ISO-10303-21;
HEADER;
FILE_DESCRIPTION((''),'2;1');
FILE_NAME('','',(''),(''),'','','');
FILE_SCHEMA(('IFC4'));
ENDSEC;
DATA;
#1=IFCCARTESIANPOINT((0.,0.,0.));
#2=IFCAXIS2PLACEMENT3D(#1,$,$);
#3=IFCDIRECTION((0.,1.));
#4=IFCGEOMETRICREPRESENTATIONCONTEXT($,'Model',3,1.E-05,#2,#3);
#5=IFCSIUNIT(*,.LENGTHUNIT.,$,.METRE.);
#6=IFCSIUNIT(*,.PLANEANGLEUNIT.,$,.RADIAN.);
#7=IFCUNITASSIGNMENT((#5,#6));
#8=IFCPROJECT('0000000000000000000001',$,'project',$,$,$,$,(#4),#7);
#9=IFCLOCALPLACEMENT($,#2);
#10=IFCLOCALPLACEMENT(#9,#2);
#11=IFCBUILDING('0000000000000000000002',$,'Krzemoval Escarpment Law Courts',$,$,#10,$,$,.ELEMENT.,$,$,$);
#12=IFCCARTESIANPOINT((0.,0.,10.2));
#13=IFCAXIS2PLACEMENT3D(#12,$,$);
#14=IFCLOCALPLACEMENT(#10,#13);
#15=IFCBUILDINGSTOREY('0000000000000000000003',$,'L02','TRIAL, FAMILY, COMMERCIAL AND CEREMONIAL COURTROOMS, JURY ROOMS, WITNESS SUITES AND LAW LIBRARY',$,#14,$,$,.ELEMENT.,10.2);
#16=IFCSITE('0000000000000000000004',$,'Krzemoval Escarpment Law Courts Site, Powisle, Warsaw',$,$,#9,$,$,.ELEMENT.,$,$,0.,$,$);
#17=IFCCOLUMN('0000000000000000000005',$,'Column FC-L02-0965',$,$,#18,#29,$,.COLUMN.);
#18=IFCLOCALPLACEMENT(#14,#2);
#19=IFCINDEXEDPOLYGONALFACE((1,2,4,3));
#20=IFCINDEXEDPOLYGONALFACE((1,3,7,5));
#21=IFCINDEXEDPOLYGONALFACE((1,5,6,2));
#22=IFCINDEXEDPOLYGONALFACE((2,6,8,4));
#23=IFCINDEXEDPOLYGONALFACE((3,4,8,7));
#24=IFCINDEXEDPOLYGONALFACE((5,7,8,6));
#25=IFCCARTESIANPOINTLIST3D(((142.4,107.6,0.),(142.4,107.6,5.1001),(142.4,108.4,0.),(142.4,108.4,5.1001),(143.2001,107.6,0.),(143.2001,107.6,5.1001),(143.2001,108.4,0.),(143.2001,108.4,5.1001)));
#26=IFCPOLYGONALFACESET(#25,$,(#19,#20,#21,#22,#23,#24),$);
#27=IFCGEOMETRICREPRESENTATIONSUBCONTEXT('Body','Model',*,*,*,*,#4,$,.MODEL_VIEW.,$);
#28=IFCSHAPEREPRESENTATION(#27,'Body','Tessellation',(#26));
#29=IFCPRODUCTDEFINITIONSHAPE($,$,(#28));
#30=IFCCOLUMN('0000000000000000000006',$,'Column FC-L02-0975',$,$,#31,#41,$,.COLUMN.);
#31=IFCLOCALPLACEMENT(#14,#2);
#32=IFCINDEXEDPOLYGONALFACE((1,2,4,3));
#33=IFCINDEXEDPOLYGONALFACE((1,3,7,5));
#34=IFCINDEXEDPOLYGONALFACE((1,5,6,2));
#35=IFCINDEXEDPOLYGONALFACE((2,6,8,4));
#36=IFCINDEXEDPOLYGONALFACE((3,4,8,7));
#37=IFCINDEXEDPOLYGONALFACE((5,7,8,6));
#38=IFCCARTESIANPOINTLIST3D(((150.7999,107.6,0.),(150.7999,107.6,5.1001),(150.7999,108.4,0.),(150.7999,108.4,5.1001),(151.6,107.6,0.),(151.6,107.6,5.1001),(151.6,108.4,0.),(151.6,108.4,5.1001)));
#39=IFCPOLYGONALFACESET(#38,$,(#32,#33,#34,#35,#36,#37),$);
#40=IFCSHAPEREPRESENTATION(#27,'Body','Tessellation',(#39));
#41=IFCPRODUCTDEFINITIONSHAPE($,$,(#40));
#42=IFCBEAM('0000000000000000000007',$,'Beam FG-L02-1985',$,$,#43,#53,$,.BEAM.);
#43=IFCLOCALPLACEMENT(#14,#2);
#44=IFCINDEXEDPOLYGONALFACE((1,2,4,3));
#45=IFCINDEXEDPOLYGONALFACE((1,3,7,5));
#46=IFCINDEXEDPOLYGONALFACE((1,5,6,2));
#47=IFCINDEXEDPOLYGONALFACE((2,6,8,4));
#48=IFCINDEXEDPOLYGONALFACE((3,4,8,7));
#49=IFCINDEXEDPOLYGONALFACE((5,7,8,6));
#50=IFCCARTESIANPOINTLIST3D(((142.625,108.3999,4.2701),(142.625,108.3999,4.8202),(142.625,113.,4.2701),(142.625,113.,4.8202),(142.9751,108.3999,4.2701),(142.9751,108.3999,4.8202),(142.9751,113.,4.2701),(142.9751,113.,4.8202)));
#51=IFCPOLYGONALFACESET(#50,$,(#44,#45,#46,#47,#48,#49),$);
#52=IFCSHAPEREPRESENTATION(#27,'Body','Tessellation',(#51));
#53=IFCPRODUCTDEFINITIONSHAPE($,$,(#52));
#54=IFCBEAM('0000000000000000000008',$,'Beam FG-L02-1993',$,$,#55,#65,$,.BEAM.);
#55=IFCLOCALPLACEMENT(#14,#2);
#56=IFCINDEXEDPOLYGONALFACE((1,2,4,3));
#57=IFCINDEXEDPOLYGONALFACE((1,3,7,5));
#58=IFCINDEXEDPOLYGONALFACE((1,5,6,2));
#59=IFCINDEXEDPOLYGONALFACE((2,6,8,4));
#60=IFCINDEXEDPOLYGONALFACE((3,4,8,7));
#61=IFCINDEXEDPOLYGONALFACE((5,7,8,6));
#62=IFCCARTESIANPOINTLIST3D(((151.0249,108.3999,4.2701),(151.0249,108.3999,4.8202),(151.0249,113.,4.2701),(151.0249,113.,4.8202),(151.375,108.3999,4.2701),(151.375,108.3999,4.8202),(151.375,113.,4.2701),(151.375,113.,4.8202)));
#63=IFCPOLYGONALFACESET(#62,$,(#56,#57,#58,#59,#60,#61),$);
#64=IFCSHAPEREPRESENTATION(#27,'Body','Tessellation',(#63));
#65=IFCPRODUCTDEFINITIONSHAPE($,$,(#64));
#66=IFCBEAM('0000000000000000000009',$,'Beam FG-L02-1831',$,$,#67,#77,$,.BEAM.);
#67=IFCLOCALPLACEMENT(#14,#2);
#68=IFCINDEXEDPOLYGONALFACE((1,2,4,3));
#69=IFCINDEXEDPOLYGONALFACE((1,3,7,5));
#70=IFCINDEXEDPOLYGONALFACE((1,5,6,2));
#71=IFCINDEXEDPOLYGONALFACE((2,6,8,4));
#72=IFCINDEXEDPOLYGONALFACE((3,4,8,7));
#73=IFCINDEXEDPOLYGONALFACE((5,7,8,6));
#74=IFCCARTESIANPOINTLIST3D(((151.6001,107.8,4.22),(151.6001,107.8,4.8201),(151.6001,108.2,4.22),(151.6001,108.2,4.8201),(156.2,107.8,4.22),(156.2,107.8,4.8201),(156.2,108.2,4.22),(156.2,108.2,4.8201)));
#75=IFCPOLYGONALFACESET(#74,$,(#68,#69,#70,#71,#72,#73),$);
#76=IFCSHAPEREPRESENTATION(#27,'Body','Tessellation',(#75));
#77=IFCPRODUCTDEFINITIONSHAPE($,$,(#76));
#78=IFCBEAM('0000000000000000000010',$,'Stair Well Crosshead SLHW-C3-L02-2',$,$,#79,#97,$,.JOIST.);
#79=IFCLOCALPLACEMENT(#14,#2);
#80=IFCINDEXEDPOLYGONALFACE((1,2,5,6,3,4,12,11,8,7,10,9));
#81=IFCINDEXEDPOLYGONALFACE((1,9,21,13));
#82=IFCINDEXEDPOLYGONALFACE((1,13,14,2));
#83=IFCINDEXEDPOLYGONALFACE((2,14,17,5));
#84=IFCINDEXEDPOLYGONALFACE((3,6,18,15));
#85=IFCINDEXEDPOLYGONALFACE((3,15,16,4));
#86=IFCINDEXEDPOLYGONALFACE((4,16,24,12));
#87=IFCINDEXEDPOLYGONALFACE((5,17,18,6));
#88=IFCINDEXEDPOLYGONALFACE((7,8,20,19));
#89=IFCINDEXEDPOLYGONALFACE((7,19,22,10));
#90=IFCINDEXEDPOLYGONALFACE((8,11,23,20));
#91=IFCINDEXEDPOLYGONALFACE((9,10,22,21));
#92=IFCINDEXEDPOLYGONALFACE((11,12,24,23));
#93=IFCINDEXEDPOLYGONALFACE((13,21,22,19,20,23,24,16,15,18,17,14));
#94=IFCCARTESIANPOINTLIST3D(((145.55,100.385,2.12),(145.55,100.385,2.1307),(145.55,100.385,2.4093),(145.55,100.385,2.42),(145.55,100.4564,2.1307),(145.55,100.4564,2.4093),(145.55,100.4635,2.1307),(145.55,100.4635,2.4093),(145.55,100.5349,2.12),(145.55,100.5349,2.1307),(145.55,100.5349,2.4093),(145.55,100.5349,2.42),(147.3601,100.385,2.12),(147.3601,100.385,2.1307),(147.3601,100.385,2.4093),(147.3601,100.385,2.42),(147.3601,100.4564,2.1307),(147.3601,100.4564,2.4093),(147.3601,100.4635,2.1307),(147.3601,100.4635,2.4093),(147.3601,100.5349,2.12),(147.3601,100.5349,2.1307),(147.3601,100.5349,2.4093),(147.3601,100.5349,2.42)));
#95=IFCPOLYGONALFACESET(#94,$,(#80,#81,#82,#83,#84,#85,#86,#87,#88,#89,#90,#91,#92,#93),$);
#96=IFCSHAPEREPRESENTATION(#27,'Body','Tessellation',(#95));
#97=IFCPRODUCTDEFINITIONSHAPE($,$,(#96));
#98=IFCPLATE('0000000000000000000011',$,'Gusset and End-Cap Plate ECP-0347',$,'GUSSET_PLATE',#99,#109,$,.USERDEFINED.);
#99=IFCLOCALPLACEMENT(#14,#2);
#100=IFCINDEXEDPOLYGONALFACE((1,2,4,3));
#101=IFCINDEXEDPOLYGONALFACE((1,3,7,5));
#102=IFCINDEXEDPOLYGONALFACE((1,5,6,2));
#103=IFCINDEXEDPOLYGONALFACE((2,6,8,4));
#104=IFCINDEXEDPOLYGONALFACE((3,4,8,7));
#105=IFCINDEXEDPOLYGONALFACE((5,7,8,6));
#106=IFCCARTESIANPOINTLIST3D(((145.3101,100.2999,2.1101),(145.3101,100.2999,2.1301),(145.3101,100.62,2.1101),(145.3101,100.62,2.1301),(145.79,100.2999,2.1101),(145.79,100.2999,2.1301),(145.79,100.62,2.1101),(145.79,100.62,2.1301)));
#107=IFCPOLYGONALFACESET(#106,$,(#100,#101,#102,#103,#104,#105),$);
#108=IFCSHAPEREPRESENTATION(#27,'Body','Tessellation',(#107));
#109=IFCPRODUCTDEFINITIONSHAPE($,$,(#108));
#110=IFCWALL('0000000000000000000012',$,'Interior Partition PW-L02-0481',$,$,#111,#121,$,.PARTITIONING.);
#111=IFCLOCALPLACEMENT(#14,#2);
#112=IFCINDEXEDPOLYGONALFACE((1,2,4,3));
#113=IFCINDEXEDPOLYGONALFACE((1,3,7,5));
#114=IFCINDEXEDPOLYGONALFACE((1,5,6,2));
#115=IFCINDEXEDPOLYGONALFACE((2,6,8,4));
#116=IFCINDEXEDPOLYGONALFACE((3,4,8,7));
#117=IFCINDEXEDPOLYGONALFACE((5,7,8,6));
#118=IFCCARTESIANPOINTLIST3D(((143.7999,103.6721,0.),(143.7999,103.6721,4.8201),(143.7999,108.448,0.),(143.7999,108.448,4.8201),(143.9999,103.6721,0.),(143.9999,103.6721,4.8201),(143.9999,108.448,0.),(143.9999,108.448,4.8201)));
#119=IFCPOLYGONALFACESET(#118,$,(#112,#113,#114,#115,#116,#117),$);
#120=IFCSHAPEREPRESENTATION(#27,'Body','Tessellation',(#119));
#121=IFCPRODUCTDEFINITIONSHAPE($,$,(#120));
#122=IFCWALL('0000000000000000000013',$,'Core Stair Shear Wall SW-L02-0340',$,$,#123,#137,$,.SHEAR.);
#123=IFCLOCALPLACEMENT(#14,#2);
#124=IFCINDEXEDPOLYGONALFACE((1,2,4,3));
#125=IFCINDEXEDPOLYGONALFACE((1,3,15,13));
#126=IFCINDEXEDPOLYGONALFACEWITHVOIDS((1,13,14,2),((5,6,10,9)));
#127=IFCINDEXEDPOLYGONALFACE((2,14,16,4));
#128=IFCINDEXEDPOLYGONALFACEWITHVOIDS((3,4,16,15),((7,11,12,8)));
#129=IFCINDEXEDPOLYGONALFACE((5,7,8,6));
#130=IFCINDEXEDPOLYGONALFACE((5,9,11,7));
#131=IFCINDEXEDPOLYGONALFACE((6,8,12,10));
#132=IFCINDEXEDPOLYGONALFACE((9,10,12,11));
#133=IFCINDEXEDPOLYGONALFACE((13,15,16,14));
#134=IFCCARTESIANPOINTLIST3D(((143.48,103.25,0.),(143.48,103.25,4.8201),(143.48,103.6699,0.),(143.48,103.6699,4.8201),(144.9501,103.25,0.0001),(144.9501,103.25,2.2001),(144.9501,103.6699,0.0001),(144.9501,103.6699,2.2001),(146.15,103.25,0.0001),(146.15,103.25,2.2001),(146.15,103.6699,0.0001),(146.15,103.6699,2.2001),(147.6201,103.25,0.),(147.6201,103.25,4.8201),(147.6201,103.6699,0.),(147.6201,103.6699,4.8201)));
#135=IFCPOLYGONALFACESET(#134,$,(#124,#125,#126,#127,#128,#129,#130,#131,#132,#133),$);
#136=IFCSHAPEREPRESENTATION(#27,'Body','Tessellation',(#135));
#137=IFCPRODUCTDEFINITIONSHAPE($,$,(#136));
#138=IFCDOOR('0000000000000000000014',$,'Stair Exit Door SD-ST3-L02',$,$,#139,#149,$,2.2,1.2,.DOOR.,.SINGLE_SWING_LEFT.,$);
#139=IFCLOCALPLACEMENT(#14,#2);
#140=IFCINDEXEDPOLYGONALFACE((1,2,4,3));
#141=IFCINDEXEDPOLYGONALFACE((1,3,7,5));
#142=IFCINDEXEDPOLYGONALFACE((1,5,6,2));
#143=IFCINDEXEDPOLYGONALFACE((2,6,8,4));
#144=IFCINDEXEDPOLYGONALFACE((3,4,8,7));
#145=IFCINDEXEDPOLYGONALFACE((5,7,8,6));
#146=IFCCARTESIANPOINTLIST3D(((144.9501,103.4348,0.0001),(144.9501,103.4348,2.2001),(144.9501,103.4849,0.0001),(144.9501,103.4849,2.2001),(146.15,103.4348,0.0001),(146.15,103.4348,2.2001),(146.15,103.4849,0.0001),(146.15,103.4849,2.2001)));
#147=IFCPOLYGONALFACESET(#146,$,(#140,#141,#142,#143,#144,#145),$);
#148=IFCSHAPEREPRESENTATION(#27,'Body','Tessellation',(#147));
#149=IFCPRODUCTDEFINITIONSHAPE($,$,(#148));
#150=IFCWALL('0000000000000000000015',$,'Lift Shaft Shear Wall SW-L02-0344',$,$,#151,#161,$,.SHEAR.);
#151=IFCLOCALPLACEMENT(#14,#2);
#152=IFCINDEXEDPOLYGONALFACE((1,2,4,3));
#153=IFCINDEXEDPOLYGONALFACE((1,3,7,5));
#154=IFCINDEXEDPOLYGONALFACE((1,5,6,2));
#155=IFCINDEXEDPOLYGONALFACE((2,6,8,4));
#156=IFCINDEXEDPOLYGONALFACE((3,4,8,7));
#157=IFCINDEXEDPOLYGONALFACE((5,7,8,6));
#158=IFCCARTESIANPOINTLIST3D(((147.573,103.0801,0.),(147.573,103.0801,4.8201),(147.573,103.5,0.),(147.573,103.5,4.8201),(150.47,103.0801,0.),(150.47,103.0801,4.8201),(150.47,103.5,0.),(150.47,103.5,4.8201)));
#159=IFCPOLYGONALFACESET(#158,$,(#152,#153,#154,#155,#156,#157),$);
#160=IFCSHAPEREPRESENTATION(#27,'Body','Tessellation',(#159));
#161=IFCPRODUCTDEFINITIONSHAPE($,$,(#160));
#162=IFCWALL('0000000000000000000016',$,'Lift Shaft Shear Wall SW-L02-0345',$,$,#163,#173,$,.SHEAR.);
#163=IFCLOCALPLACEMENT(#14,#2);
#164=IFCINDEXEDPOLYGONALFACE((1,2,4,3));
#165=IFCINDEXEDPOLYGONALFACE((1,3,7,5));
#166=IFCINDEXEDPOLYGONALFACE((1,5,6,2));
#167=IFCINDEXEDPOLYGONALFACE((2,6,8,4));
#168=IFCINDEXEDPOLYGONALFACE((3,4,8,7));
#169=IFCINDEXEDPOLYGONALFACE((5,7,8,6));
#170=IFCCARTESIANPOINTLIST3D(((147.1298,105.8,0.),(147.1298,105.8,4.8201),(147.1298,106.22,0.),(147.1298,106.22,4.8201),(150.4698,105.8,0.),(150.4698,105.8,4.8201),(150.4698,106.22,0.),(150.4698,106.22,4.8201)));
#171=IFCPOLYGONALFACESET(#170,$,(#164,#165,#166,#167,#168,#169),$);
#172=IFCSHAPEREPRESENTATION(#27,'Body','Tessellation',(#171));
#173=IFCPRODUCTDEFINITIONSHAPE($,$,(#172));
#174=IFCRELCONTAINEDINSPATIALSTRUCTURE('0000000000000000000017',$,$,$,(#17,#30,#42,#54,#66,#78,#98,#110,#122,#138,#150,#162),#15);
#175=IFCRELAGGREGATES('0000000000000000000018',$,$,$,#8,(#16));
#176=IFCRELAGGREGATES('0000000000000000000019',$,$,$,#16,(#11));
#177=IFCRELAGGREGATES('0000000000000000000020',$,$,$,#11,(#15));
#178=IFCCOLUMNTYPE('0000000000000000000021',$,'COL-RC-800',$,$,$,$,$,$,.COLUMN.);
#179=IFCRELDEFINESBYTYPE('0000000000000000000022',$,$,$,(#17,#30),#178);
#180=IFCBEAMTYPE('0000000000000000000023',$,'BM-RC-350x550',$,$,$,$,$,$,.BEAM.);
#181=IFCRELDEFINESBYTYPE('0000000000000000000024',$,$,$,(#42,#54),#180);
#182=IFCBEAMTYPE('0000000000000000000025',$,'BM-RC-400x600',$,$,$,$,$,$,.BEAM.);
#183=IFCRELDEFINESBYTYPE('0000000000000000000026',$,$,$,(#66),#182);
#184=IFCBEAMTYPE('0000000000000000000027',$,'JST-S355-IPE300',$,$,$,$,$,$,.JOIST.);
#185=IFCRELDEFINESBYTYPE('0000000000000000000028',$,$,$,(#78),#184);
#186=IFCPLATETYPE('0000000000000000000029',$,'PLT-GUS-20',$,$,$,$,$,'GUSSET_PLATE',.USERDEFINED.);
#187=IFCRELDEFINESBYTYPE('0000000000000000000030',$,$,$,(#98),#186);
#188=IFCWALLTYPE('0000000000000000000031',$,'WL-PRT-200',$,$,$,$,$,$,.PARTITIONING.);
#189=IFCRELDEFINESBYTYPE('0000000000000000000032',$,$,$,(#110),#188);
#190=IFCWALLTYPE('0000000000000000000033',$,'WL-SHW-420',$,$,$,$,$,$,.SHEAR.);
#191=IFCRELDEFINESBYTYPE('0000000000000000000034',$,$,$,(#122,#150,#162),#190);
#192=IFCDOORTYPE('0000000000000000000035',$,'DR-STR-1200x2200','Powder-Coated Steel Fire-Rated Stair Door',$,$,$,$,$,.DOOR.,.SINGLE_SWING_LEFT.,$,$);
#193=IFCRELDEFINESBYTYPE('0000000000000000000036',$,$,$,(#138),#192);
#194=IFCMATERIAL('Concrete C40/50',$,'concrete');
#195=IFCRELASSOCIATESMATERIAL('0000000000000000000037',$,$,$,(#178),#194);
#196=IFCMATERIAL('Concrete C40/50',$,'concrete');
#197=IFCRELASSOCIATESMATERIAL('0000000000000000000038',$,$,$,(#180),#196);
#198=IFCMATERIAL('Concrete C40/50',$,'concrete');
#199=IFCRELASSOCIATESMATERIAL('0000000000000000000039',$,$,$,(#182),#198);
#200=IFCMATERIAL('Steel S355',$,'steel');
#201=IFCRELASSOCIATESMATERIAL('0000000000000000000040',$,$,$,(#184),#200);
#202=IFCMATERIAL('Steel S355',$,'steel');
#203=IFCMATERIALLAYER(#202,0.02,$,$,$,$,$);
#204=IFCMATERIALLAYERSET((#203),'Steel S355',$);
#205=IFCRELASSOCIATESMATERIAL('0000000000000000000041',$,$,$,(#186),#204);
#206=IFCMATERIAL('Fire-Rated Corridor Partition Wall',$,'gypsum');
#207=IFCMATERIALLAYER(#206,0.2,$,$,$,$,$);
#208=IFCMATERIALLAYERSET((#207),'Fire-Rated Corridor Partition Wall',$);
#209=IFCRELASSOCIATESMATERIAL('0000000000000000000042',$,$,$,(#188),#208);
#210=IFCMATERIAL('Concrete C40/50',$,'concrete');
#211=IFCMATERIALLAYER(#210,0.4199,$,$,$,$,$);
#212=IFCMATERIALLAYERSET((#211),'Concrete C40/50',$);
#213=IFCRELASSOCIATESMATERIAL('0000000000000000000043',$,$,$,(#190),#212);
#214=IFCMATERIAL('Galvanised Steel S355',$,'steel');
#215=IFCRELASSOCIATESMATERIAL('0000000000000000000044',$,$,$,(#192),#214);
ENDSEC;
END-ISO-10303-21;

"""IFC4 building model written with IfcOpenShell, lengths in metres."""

from ifc_helpers import new_model, si_unit, direction, frame, frame_2d, origin, origin_2d, place, context, subcontext, project, spatial, rectangle, i_section, extrude, material, layer, layer_set, material_profile, profile_set, type_object, element, fill, save


model = new_model("IFC4")

# Units and contexts
model_context = context("Model", 3, precision=1e-05, world=origin(), true_north=direction((0.0, 1.0)))
body_context = subcontext(model_context, "Body", "Model", "MODEL_VIEW")
ifc_project = project(units=[si_unit("LENGTHUNIT", "METRE"), si_unit("PLANEANGLEUNIT", "RADIAN")], contexts=[model_context])

# Site, building, storey
site_placement = place(None, origin())
site = spatial("IfcSite", under=ifc_project, at=site_placement, Name="Krzemoval Escarpment Law Courts Site, Powisle, Warsaw", CompositionType="ELEMENT", RefElevation=0.0)
building_placement = place(site_placement, origin())
building = spatial("IfcBuilding", under=site, at=building_placement, Name="Krzemoval Escarpment Law Courts", CompositionType="ELEMENT")
storey_placement = place(building_placement, frame((0.0, 0.0, 10.2)))
storey = spatial("IfcBuildingStorey", under=building, at=storey_placement, Name="L02", Description="TRIAL, FAMILY, COMMERCIAL AND CEREMONIAL COURTROOMS, JURY ROOMS, WITNESS SUITES AND LAW LIBRARY", CompositionType="ELEMENT", Elevation=10.2)

# Columns
ifc_material_1 = material(Name="Concrete C40/50", Category="concrete")
ifc_material_profile_1 = material_profile(ifc_material_1, rectangle(XDim=0.8, YDim=0.8, at=origin_2d()), Name="RC 800x800")
ifc_profile_set_1 = profile_set([ifc_material_profile_1], Name="Concrete C40/50")
column_type = type_object("IfcColumnType", Name="COL-RC-800", PredefinedType="COLUMN", material=ifc_profile_set_1)
for number, where, z_axis, x_axis, name in (
    (1, (142.8, 108.0, 0.0), (0.0, 0.0, 1.0), (1.0, 0.0, 0.0), "Column FC-L02-0965"),
    (2, (151.2, 108.0, 0.0), (0.0, 0.0, 1.0), (1.0, 0.0, 0.0), "Column FC-L02-0975"),
):
    element("IfcColumn", number, at=place(storey_placement, frame(where, z_axis=z_axis, x_axis=x_axis)), inside=storey, type_object=column_type, Name=name, PredefinedType="COLUMN", context=body_context, shape_type="SweptSolid", body=[
        extrude(rectangle(XDim=0.8, YDim=0.8, at=origin_2d()), origin(), (0.0, 0.0, 1.0), 5.1001),
    ])

# Beams
ifc_material_2 = material(Name="Concrete C40/50", Category="concrete")
ifc_material_profile_2 = material_profile(ifc_material_2, rectangle(XDim=0.3501, YDim=0.55, at=origin_2d()), Name="RCB 350x550")
ifc_profile_set_2 = profile_set([ifc_material_profile_2], Name="Concrete C40/50")
beam_type_1 = type_object("IfcBeamType", Name="BM-RC-350x550", PredefinedType="BEAM", material=ifc_profile_set_2)
for number, where, z_axis, x_axis, name in (
    (3, (142.8, 108.3999, 4.5452), (0.0, 1.0, 0.0), (-1.0, 0.0, 0.0), "Beam FG-L02-1985"),
    (4, (151.2, 108.3999, 4.5452), (0.0, 1.0, 0.0), (-1.0, 0.0, 0.0), "Beam FG-L02-1993"),
):
    element("IfcBeam", number, at=place(storey_placement, frame(where, z_axis=z_axis, x_axis=x_axis)), inside=storey, type_object=beam_type_1, Name=name, PredefinedType="BEAM", context=body_context, shape_type="SweptSolid", body=[
        extrude(rectangle(XDim=0.3501, YDim=0.55, at=origin_2d()), origin(), (0.0, 0.0, 1.0), 4.6001),
    ])
ifc_material_3 = material(Name="Concrete C40/50", Category="concrete")
ifc_material_profile_3 = material_profile(ifc_material_3, rectangle(XDim=0.3999, YDim=0.6001, at=origin_2d()), Name="RCB 400x600")
ifc_profile_set_3 = profile_set([ifc_material_profile_3], Name="Concrete C40/50")
beam_type_2 = type_object("IfcBeamType", Name="BM-RC-400x600", PredefinedType="BEAM", material=ifc_profile_set_3)
beam_1_placement = place(storey_placement, frame((151.6001, 108.0, 4.52), z_axis=(1.0, 0.0, 0.0), x_axis=(0.0, 1.0, 0.0)))
element("IfcBeam", 5, at=beam_1_placement, inside=storey, type_object=beam_type_2, Name="Beam FG-L02-1831", PredefinedType="BEAM", context=body_context, shape_type="SweptSolid", body=[
    extrude(rectangle(XDim=0.3999, YDim=0.6001, at=origin_2d()), origin(), (0.0, 0.0, 1.0), 4.5999),
])
ifc_material_4 = material(Name="Steel S355", Category="steel")
ifc_material_profile_4 = material_profile(ifc_material_4, i_section(OverallWidth=0.1499, OverallDepth=0.3, WebThickness=0.0071, FlangeThickness=0.0107, at=origin_2d()), Name="IPE 300")
ifc_profile_set_4 = profile_set([ifc_material_profile_4], Name="Steel S355")
beam_type_3 = type_object("IfcBeamType", Name="JST-S355-IPE300", PredefinedType="JOIST", material=ifc_profile_set_4)
beam_2_placement = place(storey_placement, frame((145.55, 100.46, 2.27), z_axis=(1.0, 0.0, 0.0), x_axis=(0.0, 1.0, 0.0)))
element("IfcBeam", 6, at=beam_2_placement, inside=storey, type_object=beam_type_3, Name="Stair Well Crosshead SLHW-C3-L02-2", PredefinedType="JOIST", context=body_context, shape_type="SweptSolid", body=[
    extrude(i_section(OverallWidth=0.1499, OverallDepth=0.3, WebThickness=0.0071, FlangeThickness=0.0107, at=origin_2d()), origin(), (0.0, 0.0, 1.0), 1.8101),
])

# Plate
ifc_material_5 = material(Name="Steel S355", Category="steel")
ifc_layer_1 = layer(ifc_material_5, 0.02)
ifc_layer_set_1 = layer_set([ifc_layer_1], Name="Steel S355")
plate_type = type_object("IfcPlateType", Name="PLT-GUS-20", ElementType="GUSSET_PLATE", PredefinedType="USERDEFINED", material=ifc_layer_set_1)
plate_placement = place(storey_placement, frame((145.55, 100.46, 2.1101), z_axis=(0.0, 0.0, 1.0), x_axis=(1.0, 0.0, 0.0)))
element("IfcPlate", 7, at=plate_placement, inside=storey, type_object=plate_type, Name="Gusset and End-Cap Plate ECP-0347", ObjectType="GUSSET_PLATE", PredefinedType="USERDEFINED", context=body_context, shape_type="SweptSolid", body=[
    extrude(rectangle(XDim=0.48, YDim=0.3201, at=origin_2d()), origin(), (0.0, 0.0, 1.0), 0.02),
])

# Wall
ifc_material_6 = material(Name="Fire-Rated Corridor Partition Wall", Category="gypsum")
ifc_layer_2 = layer(ifc_material_6, 0.2)
ifc_layer_set_2 = layer_set([ifc_layer_2], Name="Fire-Rated Corridor Partition Wall")
wall_type_1 = type_object("IfcWallType", Name="WL-PRT-200", PredefinedType="PARTITIONING", material=ifc_layer_set_2)
wall_1_placement = place(storey_placement, frame((143.8999, 103.6721, 0.0), z_axis=(0.0, 0.0, 1.0), x_axis=(0.0, 1.0, 0.0)))
element("IfcWall", 8, at=wall_1_placement, inside=storey, type_object=wall_type_1, Name="Interior Partition PW-L02-0481", PredefinedType="PARTITIONING", context=body_context, shape_type="SweptSolid", body=[
    extrude(rectangle(XDim=4.7759, YDim=0.2, at=frame_2d((2.3879, 0.0))), origin(), (0.0, 0.0, 1.0), 4.8201),
])

# Wall, opening, door
ifc_material_7 = material(Name="Concrete C40/50", Category="concrete")
ifc_layer_3 = layer(ifc_material_7, 0.4199)
ifc_layer_set_3 = layer_set([ifc_layer_3], Name="Concrete C40/50")
wall_type_2 = type_object("IfcWallType", Name="WL-SHW-420", PredefinedType="SHEAR", material=ifc_layer_set_3)
wall_2_placement = place(storey_placement, frame((143.48, 103.46, 0.0), z_axis=(0.0, 0.0, 1.0), x_axis=(1.0, 0.0, 0.0)))
wall_2 = element("IfcWall", 9, at=wall_2_placement, inside=storey, type_object=wall_type_2, Name="Core Stair Shear Wall SW-L02-0340", PredefinedType="SHEAR", context=body_context, shape_type="SweptSolid", body=[
    extrude(rectangle(XDim=4.1401, YDim=0.4199, at=frame_2d((2.0701, 0.0))), origin(), (0.0, 0.0, 1.0), 4.8201),
])
opening_1_placement = place(wall_2_placement, frame((1.47, 0.0, 0.0)))
opening_1 = element("IfcOpeningElement", 10, at=opening_1_placement, cuts=wall_2, PredefinedType="OPENING", context=body_context, shape_type="SweptSolid", body=[
    extrude(rectangle(XDim=1.2, YDim=2.2, at=frame_2d((0.6001, 1.1001))), frame((0.0, 0.225, 0.0), z_axis=(0.0, -1.0, 0.0), x_axis=(1.0, 0.0, 0.0)), (0.0, 0.0, 1.0), 0.4499),
])
ifc_material_8 = material(Name="Galvanised Steel S355", Category="steel")
door_type_1 = type_object("IfcDoorType", Name="DR-STR-1200x2200", Description="Powder-Coated Steel Fire-Rated Stair Door", OperationType="SINGLE_SWING_LEFT", PredefinedType="DOOR", material=ifc_material_8)
door_1_placement = place(opening_1_placement, origin())
door_1 = element("IfcDoor", 11, at=door_1_placement, inside=storey, type_object=door_type_1, Name="Stair Exit Door SD-ST3-L02", OperationType="SINGLE_SWING_LEFT", OverallHeight=2.2, OverallWidth=1.2, PredefinedType="DOOR", context=body_context, shape_type="SweptSolid", body=[
    extrude(rectangle(XDim=1.2, YDim=2.2, at=frame_2d((0.6001, 1.1001))), frame((0.0, 0.0249, 0.0), z_axis=(0.0, -1.0, 0.0), x_axis=(1.0, 0.0, 0.0)), (0.0, 0.0, 1.0), 0.05),
])
fill(opening_1, door_1)

# Walls
wall_3_placement = place(storey_placement, frame((147.573, 103.29, 0.0), z_axis=(0.0, 0.0, 1.0), x_axis=(1.0, 0.0, 0.0)))
element("IfcWall", 12, at=wall_3_placement, inside=storey, type_object=wall_type_2, Name="Lift Shaft Shear Wall SW-L02-0344", PredefinedType="SHEAR", context=body_context, shape_type="SweptSolid", body=[
    extrude(rectangle(XDim=2.897, YDim=0.4199, at=frame_2d((1.4485, 0.0))), origin(), (0.0, 0.0, 1.0), 4.8201),
])
wall_4_placement = place(storey_placement, frame((147.1299, 106.01, 0.0), z_axis=(0.0, 0.0, 1.0), x_axis=(1.0, 0.0, 0.0)))
element("IfcWall", 13, at=wall_4_placement, inside=storey, type_object=wall_type_2, Name="Lift Shaft Shear Wall SW-L02-0345", PredefinedType="SHEAR", context=body_context, shape_type="SweptSolid", body=[
    extrude(rectangle(XDim=3.3401, YDim=0.4199, at=frame_2d((1.6699, 0.0))), origin(), (0.0, 0.0, 1.0), 4.8201),
])

save(model, "model.ifc")
